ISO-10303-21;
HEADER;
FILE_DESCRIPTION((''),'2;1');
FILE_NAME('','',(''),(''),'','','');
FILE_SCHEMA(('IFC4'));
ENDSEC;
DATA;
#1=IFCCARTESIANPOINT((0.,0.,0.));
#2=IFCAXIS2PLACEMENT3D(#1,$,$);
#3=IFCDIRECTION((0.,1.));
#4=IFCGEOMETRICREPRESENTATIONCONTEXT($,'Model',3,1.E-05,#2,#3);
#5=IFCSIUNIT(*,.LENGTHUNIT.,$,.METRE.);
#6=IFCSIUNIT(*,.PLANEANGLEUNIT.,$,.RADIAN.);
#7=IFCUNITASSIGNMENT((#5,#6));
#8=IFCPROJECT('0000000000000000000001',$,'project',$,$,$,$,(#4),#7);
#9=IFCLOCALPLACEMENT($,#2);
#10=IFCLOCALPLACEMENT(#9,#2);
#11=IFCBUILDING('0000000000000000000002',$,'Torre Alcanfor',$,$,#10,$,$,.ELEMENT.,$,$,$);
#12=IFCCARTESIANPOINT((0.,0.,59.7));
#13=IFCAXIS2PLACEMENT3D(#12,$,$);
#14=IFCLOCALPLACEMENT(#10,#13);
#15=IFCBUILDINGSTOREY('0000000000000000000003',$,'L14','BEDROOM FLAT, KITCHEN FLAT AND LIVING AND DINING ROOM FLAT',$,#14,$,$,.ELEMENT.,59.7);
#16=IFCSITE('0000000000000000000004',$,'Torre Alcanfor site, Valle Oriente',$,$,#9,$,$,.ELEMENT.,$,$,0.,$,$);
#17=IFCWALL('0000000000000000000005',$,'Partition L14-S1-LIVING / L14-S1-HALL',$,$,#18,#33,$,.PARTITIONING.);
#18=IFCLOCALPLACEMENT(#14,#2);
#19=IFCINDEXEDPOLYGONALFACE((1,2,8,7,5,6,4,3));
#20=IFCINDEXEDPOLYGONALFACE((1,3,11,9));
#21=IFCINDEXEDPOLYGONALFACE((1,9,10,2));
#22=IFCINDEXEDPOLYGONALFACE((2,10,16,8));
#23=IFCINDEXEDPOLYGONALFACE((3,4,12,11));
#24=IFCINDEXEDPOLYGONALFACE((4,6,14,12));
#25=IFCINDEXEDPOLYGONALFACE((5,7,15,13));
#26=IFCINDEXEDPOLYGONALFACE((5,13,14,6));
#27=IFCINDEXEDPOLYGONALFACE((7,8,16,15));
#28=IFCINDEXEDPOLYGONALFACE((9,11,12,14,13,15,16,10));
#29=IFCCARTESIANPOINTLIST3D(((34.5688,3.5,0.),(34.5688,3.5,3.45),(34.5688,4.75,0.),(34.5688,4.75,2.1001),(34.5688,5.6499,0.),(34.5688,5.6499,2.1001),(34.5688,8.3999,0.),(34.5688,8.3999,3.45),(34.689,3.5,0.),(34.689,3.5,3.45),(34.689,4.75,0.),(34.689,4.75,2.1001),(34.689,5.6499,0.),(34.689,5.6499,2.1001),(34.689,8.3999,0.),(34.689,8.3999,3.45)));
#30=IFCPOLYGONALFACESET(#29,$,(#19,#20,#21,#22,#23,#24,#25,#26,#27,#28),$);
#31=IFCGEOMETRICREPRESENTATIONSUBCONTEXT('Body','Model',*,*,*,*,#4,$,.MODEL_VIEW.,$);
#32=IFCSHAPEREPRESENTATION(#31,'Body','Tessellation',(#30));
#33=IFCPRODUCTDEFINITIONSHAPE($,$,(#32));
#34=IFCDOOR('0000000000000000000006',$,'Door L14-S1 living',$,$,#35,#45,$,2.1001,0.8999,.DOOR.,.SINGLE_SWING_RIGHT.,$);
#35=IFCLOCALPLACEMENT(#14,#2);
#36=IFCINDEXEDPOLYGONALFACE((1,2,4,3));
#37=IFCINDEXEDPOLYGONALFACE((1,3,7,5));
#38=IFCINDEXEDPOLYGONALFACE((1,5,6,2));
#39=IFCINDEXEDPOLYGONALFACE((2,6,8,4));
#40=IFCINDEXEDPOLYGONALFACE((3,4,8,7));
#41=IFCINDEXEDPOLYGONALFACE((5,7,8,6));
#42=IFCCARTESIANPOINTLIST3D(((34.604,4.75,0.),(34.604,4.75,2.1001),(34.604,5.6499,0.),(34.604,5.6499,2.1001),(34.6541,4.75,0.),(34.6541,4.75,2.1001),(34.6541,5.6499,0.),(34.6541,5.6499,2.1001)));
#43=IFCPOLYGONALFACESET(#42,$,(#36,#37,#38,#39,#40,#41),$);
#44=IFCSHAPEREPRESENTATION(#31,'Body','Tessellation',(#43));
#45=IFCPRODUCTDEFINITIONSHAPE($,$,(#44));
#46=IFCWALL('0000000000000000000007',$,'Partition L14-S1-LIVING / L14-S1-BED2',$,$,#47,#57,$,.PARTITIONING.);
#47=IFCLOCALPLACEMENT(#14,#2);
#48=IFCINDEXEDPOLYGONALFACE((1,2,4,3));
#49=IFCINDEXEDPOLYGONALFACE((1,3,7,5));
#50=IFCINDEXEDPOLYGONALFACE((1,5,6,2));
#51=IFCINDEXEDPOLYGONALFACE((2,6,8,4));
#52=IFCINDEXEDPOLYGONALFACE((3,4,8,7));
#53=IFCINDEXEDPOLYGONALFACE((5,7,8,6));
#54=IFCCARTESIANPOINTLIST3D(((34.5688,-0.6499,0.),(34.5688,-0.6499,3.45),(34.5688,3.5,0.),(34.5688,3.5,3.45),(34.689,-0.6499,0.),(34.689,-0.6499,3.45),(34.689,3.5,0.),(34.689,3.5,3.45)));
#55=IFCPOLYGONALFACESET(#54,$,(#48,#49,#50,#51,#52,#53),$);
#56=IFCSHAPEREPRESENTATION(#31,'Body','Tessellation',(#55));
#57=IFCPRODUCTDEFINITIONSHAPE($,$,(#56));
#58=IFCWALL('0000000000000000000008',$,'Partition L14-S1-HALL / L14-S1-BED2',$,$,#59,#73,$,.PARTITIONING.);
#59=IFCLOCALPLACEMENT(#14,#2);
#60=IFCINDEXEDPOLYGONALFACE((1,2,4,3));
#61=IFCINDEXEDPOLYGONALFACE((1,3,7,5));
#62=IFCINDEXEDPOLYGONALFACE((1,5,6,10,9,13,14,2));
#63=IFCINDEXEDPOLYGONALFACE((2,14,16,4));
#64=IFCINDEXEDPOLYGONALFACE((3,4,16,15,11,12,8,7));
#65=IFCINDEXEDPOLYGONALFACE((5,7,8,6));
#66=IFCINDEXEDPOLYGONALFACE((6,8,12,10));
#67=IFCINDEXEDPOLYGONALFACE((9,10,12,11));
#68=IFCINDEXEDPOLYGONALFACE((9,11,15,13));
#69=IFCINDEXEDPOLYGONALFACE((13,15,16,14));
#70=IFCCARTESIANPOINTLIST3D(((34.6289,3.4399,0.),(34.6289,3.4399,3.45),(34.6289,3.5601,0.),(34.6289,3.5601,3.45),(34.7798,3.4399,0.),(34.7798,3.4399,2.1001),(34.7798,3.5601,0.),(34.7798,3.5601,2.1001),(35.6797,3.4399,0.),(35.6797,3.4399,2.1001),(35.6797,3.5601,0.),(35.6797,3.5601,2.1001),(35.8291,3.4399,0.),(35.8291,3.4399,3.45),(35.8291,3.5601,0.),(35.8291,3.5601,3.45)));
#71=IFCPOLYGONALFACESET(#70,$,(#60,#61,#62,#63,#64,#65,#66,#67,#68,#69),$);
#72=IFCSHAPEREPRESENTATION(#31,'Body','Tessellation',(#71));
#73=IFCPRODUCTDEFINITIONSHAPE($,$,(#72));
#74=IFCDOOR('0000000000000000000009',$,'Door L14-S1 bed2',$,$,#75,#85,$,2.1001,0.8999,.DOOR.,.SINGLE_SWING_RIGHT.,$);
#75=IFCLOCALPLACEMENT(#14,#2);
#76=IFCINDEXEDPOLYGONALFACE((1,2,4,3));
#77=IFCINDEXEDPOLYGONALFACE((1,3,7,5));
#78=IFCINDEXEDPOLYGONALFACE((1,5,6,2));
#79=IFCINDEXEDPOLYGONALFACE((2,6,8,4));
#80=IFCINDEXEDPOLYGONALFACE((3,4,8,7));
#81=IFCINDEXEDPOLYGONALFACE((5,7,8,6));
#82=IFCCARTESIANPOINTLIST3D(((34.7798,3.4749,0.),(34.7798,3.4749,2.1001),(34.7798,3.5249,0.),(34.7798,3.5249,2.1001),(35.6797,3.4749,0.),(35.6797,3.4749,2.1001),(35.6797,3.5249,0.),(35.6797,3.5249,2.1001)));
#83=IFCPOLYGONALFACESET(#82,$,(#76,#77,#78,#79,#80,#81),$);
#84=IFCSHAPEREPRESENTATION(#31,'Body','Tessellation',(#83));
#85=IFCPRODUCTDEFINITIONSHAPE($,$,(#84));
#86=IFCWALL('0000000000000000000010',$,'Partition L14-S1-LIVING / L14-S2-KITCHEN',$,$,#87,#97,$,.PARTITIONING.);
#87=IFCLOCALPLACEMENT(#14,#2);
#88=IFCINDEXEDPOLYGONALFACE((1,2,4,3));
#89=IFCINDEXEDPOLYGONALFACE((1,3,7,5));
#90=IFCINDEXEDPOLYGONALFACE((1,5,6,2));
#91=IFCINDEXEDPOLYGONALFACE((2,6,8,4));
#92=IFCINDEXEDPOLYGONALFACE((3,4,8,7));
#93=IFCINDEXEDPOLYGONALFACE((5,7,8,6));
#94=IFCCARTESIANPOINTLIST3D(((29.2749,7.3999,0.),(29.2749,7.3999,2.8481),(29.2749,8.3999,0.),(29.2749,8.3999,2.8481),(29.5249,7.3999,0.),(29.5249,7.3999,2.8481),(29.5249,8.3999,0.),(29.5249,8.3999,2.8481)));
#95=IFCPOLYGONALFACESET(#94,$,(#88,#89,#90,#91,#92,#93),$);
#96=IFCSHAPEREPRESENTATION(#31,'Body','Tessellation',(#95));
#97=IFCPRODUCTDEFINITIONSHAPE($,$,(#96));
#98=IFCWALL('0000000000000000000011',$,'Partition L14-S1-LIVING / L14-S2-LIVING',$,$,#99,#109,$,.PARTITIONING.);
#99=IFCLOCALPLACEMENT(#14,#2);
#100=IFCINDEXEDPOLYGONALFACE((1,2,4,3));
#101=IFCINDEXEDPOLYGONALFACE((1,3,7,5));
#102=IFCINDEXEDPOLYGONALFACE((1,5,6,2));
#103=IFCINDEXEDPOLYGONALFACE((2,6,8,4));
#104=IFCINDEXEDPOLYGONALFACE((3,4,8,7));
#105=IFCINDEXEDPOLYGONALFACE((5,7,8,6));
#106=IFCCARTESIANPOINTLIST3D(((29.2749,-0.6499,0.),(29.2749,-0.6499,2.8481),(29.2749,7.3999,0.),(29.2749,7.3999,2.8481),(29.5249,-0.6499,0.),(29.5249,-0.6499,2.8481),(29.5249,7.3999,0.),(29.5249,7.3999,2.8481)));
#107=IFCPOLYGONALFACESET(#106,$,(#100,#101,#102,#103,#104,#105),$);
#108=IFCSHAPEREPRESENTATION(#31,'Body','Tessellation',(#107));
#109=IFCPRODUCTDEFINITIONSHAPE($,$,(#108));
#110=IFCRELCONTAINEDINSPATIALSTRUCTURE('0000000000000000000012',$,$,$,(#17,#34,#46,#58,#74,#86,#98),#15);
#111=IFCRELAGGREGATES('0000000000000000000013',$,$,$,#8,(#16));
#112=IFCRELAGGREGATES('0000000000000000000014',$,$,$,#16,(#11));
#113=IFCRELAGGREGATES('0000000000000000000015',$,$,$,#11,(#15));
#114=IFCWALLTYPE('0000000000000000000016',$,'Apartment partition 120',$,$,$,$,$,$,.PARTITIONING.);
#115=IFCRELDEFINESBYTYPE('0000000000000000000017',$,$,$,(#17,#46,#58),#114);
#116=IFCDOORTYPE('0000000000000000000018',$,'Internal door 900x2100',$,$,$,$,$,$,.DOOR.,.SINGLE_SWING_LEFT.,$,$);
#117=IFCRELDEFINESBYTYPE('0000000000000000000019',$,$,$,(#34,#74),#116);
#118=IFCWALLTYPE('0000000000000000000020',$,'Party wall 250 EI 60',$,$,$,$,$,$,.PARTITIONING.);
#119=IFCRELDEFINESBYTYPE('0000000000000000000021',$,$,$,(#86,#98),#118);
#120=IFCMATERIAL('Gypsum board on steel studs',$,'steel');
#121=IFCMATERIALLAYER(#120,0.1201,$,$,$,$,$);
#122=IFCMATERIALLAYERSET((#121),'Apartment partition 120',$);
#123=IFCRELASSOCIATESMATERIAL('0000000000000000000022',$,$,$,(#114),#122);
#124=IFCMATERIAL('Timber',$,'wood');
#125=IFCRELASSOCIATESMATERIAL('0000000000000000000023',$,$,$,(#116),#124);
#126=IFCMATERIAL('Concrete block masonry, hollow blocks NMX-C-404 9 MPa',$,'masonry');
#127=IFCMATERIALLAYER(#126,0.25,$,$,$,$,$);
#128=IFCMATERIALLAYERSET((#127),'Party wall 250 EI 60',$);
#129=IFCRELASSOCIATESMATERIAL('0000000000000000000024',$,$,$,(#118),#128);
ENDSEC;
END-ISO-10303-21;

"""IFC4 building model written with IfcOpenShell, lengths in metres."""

from ifc_helpers import new_model, si_unit, direction, frame, frame_2d, origin, place, context, subcontext, project, spatial, rectangle, extrude, material, layer, layer_set, type_object, element, fill, save


model = new_model("IFC4")

# Units and contexts
model_context = context("Model", 3, precision=1e-05, world=origin(), true_north=direction((0.0, 1.0)))
body_context = subcontext(model_context, "Body", "Model", "MODEL_VIEW")
ifc_project = project(units=[si_unit("LENGTHUNIT", "METRE"), si_unit("PLANEANGLEUNIT", "RADIAN")], contexts=[model_context])

# Site, building, storey
site_placement = place(None, origin())
site = spatial("IfcSite", under=ifc_project, at=site_placement, Name="Torre Alcanfor site, Valle Oriente", CompositionType="ELEMENT", RefElevation=0.0)
building_placement = place(site_placement, origin())
building = spatial("IfcBuilding", under=site, at=building_placement, Name="Torre Alcanfor", CompositionType="ELEMENT")
storey_placement = place(building_placement, frame((0.0, 0.0, 59.7)))
storey = spatial("IfcBuildingStorey", under=building, at=storey_placement, Name="L14", Description="BEDROOM FLAT, KITCHEN FLAT AND LIVING AND DINING ROOM FLAT", CompositionType="ELEMENT", Elevation=59.7)

# Wall, opening, door
ifc_material_1 = material(Name="Gypsum board on steel studs", Category="steel")
ifc_layer_1 = layer(ifc_material_1, 0.1201)
ifc_layer_set_1 = layer_set([ifc_layer_1], Name="Apartment partition 120")
wall_type_1 = type_object("IfcWallType", Name="Apartment partition 120", PredefinedType="PARTITIONING", material=ifc_layer_set_1)
wall_1_placement = place(storey_placement, frame((34.6289, 3.5, 0.0), z_axis=(0.0, 0.0, 1.0), x_axis=(0.0, 1.0, 0.0)))
wall_1 = element("IfcWall", 1, at=wall_1_placement, inside=storey, type_object=wall_type_1, Name="Partition L14-S1-LIVING / L14-S1-HALL", PredefinedType="PARTITIONING", context=body_context, shape_type="SweptSolid", body=[
    extrude(rectangle(XDim=4.8999, YDim=0.1201, at=frame_2d((2.45, 0.0))), origin(), (0.0, 0.0, 1.0), 3.45),
])
opening_1_placement = place(wall_1_placement, frame((1.25, 0.0, 0.0)))
opening_1 = element("IfcOpeningElement", 2, at=opening_1_placement, cuts=wall_1, PredefinedType="OPENING", context=body_context, shape_type="SweptSolid", body=[
    extrude(rectangle(XDim=0.8999, YDim=2.1001, at=frame_2d((0.45, 1.05))), frame((0.0, 0.0701, 0.0), z_axis=(0.0, -1.0, 0.0), x_axis=(1.0, 0.0, 0.0)), (0.0, 0.0, 1.0), 0.1401),
])
ifc_material_2 = material(Name="Timber", Category="wood")
door_type = type_object("IfcDoorType", Name="Internal door 900x2100", OperationType="SINGLE_SWING_LEFT", PredefinedType="DOOR", material=ifc_material_2)
door_1_placement = place(opening_1_placement, origin())
door_1 = element("IfcDoor", 3, at=door_1_placement, inside=storey, type_object=door_type, Name="Door L14-S1 living", OperationType="SINGLE_SWING_RIGHT", OverallHeight=2.1001, OverallWidth=0.8999, PredefinedType="DOOR", context=body_context, shape_type="SweptSolid", body=[
    extrude(rectangle(XDim=0.8999, YDim=2.1001, at=frame_2d((0.45, 1.05))), frame((0.0, 0.0249, 0.0), z_axis=(0.0, -1.0, 0.0), x_axis=(1.0, 0.0, 0.0)), (0.0, 0.0, 1.0), 0.05),
])
fill(opening_1, door_1)

# Wall
wall_2_placement = place(storey_placement, frame((34.6289, -0.6499, 0.0), z_axis=(0.0, 0.0, 1.0), x_axis=(0.0, 1.0, 0.0)))
element("IfcWall", 4, at=wall_2_placement, inside=storey, type_object=wall_type_1, Name="Partition L14-S1-LIVING / L14-S1-BED2", PredefinedType="PARTITIONING", context=body_context, shape_type="SweptSolid", body=[
    extrude(rectangle(XDim=4.1499, YDim=0.1201, at=frame_2d((2.075, 0.0))), origin(), (0.0, 0.0, 1.0), 3.45),
])

# Wall, opening, door
wall_3_placement = place(storey_placement, frame((34.6289, 3.5, 0.0), z_axis=(0.0, 0.0, 1.0), x_axis=(1.0, 0.0, 0.0)))
wall_3 = element("IfcWall", 5, at=wall_3_placement, inside=storey, type_object=wall_type_1, Name="Partition L14-S1-HALL / L14-S1-BED2", PredefinedType="PARTITIONING", context=body_context, shape_type="SweptSolid", body=[
    extrude(rectangle(XDim=1.2002, YDim=0.1201, at=frame_2d((0.6001, 0.0))), origin(), (0.0, 0.0, 1.0), 3.45),
])
opening_2_placement = place(wall_3_placement, frame((0.1509, 0.0, 0.0)))
opening_2 = element("IfcOpeningElement", 6, at=opening_2_placement, cuts=wall_3, PredefinedType="OPENING", context=body_context, shape_type="SweptSolid", body=[
    extrude(rectangle(XDim=0.8999, YDim=2.1001, at=frame_2d((0.45, 1.05))), frame((0.0, 0.0701, 0.0), z_axis=(0.0, -1.0, 0.0), x_axis=(1.0, 0.0, 0.0)), (0.0, 0.0, 1.0), 0.1401),
])
door_2_placement = place(opening_2_placement, frame((0.8999, 0.0, 0.0), z_axis=(0.0, 0.0, 1.0), x_axis=(-1.0, 0.0, 0.0)))
door_2 = element("IfcDoor", 7, at=door_2_placement, inside=storey, type_object=door_type, Name="Door L14-S1 bed2", OperationType="SINGLE_SWING_RIGHT", OverallHeight=2.1001, OverallWidth=0.8999, PredefinedType="DOOR", context=body_context, shape_type="SweptSolid", body=[
    extrude(rectangle(XDim=0.8999, YDim=2.1001, at=frame_2d((0.45, 1.05))), frame((0.0, 0.0251, 0.0), z_axis=(0.0, -1.0, 0.0), x_axis=(1.0, 0.0, 0.0)), (0.0, 0.0, 1.0), 0.05),
])
fill(opening_2, door_2)

# Walls
ifc_material_3 = material(Name="Concrete block masonry, hollow blocks NMX-C-404 9 MPa", Category="masonry")
ifc_layer_2 = layer(ifc_material_3, 0.25)
ifc_layer_set_2 = layer_set([ifc_layer_2], Name="Party wall 250 EI 60")
wall_type_2 = type_object("IfcWallType", Name="Party wall 250 EI 60", PredefinedType="PARTITIONING", material=ifc_layer_set_2)
wall_4_placement = place(storey_placement, frame((29.3999, 8.3999, 0.0), z_axis=(0.0, 0.0, 1.0), x_axis=(0.0, -1.0, 0.0)))
element("IfcWall", 8, at=wall_4_placement, inside=storey, type_object=wall_type_2, Name="Partition L14-S1-LIVING / L14-S2-KITCHEN", PredefinedType="PARTITIONING", context=body_context, shape_type="SweptSolid", body=[
    extrude(rectangle(XDim=1.0, YDim=0.25, at=frame_2d((0.5, 0.0))), origin(), (0.0, 0.0, 1.0), 2.8481),
])
wall_5_placement = place(storey_placement, frame((29.3999, 7.3999, 0.0), z_axis=(0.0, 0.0, 1.0), x_axis=(0.0, -1.0, 0.0)))
element("IfcWall", 9, at=wall_5_placement, inside=storey, type_object=wall_type_2, Name="Partition L14-S1-LIVING / L14-S2-LIVING", PredefinedType="PARTITIONING", context=body_context, shape_type="SweptSolid", body=[
    extrude(rectangle(XDim=8.0498, YDim=0.25, at=frame_2d((4.0249, 0.0))), origin(), (0.0, 0.0, 1.0), 2.8481),
])

save(model, "model.ifc")
